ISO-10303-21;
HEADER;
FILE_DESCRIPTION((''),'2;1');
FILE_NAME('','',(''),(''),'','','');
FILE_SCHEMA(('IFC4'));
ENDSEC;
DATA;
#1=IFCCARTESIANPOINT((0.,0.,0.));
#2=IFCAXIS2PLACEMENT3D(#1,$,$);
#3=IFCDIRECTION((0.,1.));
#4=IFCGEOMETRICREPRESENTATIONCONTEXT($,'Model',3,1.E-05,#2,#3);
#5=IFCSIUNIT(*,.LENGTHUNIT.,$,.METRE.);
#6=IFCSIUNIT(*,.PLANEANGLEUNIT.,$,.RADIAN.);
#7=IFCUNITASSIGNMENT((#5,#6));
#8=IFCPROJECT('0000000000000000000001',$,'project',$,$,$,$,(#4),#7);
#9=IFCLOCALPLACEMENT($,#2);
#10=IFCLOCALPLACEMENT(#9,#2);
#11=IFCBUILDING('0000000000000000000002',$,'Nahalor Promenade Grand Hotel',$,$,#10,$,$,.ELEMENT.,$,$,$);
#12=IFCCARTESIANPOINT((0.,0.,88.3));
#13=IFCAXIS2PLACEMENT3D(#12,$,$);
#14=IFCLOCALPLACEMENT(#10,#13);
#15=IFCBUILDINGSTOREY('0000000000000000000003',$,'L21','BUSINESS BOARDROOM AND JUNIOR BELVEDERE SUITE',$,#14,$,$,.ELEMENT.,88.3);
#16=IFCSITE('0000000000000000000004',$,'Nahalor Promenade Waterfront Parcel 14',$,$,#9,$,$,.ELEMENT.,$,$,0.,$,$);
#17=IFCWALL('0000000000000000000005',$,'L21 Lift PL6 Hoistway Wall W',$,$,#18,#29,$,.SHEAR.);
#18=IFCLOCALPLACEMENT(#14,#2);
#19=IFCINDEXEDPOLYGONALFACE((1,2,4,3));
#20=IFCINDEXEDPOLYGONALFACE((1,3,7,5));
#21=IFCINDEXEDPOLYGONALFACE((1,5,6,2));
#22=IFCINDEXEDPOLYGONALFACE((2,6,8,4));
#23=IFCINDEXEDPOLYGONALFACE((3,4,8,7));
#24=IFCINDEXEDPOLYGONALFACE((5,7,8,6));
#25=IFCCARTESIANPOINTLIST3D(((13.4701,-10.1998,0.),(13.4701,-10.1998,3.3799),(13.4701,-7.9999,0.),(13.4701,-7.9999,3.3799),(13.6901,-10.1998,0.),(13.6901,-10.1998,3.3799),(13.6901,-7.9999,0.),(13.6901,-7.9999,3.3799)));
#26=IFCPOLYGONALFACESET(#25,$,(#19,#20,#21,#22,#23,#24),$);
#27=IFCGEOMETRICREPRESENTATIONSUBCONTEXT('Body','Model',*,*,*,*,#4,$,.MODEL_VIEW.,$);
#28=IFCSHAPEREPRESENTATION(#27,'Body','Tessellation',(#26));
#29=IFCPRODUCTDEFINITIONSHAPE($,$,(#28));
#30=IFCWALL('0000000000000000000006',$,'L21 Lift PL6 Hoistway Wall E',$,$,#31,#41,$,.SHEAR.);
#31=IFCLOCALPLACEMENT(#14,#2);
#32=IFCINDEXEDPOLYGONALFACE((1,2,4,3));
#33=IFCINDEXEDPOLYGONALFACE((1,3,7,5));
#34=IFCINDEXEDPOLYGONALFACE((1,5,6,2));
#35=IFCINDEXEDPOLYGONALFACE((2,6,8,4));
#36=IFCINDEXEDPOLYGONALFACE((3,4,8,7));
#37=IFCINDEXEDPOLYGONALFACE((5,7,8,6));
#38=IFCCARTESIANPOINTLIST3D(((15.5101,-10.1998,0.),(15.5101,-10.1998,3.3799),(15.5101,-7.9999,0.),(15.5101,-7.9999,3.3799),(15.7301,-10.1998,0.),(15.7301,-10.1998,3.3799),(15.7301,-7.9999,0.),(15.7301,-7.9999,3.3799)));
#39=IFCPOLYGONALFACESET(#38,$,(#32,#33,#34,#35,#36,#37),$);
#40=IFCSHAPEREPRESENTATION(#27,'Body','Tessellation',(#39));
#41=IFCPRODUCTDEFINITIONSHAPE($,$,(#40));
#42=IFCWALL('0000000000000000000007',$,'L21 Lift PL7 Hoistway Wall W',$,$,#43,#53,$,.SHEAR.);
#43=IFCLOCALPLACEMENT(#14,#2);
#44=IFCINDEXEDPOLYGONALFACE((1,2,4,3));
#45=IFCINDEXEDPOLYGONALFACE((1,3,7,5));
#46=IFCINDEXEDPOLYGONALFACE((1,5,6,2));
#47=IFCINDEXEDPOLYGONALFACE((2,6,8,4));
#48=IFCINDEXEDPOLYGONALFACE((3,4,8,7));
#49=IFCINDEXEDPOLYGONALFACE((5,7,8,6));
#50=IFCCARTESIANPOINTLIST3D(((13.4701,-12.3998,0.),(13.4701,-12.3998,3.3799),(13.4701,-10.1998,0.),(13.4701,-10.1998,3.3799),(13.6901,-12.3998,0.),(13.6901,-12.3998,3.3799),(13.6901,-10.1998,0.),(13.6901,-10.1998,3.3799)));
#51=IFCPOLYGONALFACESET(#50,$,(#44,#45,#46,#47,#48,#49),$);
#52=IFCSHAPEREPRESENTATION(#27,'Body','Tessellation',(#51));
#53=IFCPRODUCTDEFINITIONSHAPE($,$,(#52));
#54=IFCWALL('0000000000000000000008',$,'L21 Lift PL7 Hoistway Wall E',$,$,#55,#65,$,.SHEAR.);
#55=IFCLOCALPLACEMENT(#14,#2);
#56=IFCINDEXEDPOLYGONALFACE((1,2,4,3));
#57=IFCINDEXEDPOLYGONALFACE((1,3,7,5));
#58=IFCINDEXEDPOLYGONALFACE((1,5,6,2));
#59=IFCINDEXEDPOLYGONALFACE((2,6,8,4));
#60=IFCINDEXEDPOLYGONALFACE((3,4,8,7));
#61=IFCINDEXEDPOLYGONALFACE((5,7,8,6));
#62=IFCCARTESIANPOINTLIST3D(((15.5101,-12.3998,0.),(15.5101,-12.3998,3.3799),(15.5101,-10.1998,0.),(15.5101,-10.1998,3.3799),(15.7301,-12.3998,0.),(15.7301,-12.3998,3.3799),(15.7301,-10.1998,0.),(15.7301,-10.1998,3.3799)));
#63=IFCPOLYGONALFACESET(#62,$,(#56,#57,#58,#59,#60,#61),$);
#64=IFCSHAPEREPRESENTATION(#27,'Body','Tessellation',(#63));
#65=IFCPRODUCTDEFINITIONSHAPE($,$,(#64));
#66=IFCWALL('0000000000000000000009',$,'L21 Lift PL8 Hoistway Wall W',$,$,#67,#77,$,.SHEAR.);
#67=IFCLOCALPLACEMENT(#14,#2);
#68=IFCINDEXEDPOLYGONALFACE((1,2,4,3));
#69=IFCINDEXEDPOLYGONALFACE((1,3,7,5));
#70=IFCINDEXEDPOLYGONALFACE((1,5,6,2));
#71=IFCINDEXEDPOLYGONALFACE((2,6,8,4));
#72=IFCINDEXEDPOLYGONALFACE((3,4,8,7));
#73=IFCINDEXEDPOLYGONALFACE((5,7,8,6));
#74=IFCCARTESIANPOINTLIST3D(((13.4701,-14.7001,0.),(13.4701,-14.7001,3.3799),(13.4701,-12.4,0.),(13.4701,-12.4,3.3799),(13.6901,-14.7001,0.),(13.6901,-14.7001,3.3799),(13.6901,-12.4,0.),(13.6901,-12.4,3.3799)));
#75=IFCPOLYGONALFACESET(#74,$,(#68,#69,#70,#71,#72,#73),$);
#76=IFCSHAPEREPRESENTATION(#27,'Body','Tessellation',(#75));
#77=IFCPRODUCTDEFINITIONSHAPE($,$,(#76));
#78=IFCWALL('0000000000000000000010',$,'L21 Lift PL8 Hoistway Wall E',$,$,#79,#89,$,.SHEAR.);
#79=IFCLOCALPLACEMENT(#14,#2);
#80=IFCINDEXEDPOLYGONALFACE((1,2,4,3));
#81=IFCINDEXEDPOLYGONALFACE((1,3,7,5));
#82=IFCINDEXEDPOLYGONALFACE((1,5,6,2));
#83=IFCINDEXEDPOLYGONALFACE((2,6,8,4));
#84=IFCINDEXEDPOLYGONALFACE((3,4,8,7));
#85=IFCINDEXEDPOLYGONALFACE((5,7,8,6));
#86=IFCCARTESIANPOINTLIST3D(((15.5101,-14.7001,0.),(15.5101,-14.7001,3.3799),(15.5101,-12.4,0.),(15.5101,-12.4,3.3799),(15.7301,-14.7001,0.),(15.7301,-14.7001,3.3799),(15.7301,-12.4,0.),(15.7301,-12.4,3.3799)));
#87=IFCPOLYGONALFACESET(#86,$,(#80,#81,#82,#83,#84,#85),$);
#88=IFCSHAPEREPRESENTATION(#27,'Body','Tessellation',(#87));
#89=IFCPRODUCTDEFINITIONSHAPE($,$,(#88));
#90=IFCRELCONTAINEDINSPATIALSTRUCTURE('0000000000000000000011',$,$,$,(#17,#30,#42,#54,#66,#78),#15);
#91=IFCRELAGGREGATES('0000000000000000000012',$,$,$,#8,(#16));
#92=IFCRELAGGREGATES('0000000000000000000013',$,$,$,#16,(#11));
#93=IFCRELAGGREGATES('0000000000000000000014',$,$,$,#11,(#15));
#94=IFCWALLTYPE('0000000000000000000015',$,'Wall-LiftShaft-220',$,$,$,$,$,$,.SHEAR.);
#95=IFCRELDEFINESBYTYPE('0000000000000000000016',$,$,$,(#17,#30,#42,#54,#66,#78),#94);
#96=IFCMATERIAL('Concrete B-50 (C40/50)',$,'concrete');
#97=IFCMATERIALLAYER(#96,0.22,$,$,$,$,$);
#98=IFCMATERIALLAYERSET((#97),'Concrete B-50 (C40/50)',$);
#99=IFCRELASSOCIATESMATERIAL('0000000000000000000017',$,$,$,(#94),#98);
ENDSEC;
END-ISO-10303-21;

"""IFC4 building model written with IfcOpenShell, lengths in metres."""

from ifc_helpers import new_model, si_unit, direction, frame, frame_2d, origin, place, context, subcontext, project, spatial, rectangle, extrude, source, transform, mapped, material, layer, layer_set, type_object, element, save


model = new_model("IFC4")

# Units and contexts
model_context = context("Model", 3, precision=1e-05, world=origin(), true_north=direction((0.0, 1.0)))
body_context = subcontext(model_context, "Body", "Model", "MODEL_VIEW")
ifc_project = project(units=[si_unit("LENGTHUNIT", "METRE"), si_unit("PLANEANGLEUNIT", "RADIAN")], contexts=[model_context])

# Site, building, storey
site_placement = place(None, origin())
site = spatial("IfcSite", under=ifc_project, at=site_placement, Name="Nahalor Promenade Waterfront Parcel 14", CompositionType="ELEMENT", RefElevation=0.0)
building_placement = place(site_placement, origin())
building = spatial("IfcBuilding", under=site, at=building_placement, Name="Nahalor Promenade Grand Hotel", CompositionType="ELEMENT")
storey_placement = place(building_placement, frame((0.0, 0.0, 88.3)))
storey = spatial("IfcBuildingStorey", under=building, at=storey_placement, Name="L21", Description="BUSINESS BOARDROOM AND JUNIOR BELVEDERE SUITE", CompositionType="ELEMENT", Elevation=88.3)

# Walls
ifc_material_1 = material(Name="Concrete B-50 (C40/50)", Category="concrete")
ifc_layer_1 = layer(ifc_material_1, 0.22)
ifc_layer_set_1 = layer_set([ifc_layer_1], Name="Concrete B-50 (C40/50)")
wall_type_1 = type_object("IfcWallType", Name="Wall-LiftShaft-220", PredefinedType="SHEAR", material=ifc_layer_set_1)
shared_shape_1 = source(origin(), body_context, "Body", "SweptSolid", [
    extrude(rectangle(XDim=2.2, YDim=0.22, at=frame_2d((1.1001, 0.0))), origin(), (0.0, 0.0, 1.0), 3.3799),
])
for number, where, z_axis, x_axis, name in (
    (1, (13.5801, -10.2, 0.0), (0.0, 0.0, 1.0), (0.0, 1.0, 0.0), "L21 Lift PL6 Hoistway Wall W"),
    (2, (15.6201, -10.2, 0.0), (0.0, 0.0, 1.0), (0.0, 1.0, 0.0), "L21 Lift PL6 Hoistway Wall E"),
    (3, (13.5801, -12.3999, 0.0), (0.0, 0.0, 1.0), (0.0, 1.0, 0.0), "L21 Lift PL7 Hoistway Wall W"),
    (4, (15.6201, -12.3999, 0.0), (0.0, 0.0, 1.0), (0.0, 1.0, 0.0), "L21 Lift PL7 Hoistway Wall E"),
):
    element("IfcWall", number, at=place(storey_placement, frame(where, z_axis=z_axis, x_axis=x_axis)), inside=storey, type_object=wall_type_1, Name=name, PredefinedType="SHEAR", context=body_context, shape_type="MappedRepresentation", body=[
        mapped(shared_shape_1, transform((0.0, 0.0, 0.0), scale=1.0)),
    ])
shared_shape_2 = source(origin(), body_context, "Body", "SweptSolid", [
    extrude(rectangle(XDim=2.3, YDim=0.22, at=frame_2d((1.1499, 0.0))), origin(), (0.0, 0.0, 1.0), 3.3799),
])
for number, where, z_axis, x_axis, name in (
    (5, (13.5801, -14.7, 0.0), (0.0, 0.0, 1.0), (0.0, 1.0, 0.0), "L21 Lift PL8 Hoistway Wall W"),
    (6, (15.6201, -14.7, 0.0), (0.0, 0.0, 1.0), (0.0, 1.0, 0.0), "L21 Lift PL8 Hoistway Wall E"),
):
    element("IfcWall", number, at=place(storey_placement, frame(where, z_axis=z_axis, x_axis=x_axis)), inside=storey, type_object=wall_type_1, Name=name, PredefinedType="SHEAR", context=body_context, shape_type="MappedRepresentation", body=[
        mapped(shared_shape_2, transform((0.0, 0.0, 0.0), scale=1.0)),
    ])

save(model, "model.ifc")
